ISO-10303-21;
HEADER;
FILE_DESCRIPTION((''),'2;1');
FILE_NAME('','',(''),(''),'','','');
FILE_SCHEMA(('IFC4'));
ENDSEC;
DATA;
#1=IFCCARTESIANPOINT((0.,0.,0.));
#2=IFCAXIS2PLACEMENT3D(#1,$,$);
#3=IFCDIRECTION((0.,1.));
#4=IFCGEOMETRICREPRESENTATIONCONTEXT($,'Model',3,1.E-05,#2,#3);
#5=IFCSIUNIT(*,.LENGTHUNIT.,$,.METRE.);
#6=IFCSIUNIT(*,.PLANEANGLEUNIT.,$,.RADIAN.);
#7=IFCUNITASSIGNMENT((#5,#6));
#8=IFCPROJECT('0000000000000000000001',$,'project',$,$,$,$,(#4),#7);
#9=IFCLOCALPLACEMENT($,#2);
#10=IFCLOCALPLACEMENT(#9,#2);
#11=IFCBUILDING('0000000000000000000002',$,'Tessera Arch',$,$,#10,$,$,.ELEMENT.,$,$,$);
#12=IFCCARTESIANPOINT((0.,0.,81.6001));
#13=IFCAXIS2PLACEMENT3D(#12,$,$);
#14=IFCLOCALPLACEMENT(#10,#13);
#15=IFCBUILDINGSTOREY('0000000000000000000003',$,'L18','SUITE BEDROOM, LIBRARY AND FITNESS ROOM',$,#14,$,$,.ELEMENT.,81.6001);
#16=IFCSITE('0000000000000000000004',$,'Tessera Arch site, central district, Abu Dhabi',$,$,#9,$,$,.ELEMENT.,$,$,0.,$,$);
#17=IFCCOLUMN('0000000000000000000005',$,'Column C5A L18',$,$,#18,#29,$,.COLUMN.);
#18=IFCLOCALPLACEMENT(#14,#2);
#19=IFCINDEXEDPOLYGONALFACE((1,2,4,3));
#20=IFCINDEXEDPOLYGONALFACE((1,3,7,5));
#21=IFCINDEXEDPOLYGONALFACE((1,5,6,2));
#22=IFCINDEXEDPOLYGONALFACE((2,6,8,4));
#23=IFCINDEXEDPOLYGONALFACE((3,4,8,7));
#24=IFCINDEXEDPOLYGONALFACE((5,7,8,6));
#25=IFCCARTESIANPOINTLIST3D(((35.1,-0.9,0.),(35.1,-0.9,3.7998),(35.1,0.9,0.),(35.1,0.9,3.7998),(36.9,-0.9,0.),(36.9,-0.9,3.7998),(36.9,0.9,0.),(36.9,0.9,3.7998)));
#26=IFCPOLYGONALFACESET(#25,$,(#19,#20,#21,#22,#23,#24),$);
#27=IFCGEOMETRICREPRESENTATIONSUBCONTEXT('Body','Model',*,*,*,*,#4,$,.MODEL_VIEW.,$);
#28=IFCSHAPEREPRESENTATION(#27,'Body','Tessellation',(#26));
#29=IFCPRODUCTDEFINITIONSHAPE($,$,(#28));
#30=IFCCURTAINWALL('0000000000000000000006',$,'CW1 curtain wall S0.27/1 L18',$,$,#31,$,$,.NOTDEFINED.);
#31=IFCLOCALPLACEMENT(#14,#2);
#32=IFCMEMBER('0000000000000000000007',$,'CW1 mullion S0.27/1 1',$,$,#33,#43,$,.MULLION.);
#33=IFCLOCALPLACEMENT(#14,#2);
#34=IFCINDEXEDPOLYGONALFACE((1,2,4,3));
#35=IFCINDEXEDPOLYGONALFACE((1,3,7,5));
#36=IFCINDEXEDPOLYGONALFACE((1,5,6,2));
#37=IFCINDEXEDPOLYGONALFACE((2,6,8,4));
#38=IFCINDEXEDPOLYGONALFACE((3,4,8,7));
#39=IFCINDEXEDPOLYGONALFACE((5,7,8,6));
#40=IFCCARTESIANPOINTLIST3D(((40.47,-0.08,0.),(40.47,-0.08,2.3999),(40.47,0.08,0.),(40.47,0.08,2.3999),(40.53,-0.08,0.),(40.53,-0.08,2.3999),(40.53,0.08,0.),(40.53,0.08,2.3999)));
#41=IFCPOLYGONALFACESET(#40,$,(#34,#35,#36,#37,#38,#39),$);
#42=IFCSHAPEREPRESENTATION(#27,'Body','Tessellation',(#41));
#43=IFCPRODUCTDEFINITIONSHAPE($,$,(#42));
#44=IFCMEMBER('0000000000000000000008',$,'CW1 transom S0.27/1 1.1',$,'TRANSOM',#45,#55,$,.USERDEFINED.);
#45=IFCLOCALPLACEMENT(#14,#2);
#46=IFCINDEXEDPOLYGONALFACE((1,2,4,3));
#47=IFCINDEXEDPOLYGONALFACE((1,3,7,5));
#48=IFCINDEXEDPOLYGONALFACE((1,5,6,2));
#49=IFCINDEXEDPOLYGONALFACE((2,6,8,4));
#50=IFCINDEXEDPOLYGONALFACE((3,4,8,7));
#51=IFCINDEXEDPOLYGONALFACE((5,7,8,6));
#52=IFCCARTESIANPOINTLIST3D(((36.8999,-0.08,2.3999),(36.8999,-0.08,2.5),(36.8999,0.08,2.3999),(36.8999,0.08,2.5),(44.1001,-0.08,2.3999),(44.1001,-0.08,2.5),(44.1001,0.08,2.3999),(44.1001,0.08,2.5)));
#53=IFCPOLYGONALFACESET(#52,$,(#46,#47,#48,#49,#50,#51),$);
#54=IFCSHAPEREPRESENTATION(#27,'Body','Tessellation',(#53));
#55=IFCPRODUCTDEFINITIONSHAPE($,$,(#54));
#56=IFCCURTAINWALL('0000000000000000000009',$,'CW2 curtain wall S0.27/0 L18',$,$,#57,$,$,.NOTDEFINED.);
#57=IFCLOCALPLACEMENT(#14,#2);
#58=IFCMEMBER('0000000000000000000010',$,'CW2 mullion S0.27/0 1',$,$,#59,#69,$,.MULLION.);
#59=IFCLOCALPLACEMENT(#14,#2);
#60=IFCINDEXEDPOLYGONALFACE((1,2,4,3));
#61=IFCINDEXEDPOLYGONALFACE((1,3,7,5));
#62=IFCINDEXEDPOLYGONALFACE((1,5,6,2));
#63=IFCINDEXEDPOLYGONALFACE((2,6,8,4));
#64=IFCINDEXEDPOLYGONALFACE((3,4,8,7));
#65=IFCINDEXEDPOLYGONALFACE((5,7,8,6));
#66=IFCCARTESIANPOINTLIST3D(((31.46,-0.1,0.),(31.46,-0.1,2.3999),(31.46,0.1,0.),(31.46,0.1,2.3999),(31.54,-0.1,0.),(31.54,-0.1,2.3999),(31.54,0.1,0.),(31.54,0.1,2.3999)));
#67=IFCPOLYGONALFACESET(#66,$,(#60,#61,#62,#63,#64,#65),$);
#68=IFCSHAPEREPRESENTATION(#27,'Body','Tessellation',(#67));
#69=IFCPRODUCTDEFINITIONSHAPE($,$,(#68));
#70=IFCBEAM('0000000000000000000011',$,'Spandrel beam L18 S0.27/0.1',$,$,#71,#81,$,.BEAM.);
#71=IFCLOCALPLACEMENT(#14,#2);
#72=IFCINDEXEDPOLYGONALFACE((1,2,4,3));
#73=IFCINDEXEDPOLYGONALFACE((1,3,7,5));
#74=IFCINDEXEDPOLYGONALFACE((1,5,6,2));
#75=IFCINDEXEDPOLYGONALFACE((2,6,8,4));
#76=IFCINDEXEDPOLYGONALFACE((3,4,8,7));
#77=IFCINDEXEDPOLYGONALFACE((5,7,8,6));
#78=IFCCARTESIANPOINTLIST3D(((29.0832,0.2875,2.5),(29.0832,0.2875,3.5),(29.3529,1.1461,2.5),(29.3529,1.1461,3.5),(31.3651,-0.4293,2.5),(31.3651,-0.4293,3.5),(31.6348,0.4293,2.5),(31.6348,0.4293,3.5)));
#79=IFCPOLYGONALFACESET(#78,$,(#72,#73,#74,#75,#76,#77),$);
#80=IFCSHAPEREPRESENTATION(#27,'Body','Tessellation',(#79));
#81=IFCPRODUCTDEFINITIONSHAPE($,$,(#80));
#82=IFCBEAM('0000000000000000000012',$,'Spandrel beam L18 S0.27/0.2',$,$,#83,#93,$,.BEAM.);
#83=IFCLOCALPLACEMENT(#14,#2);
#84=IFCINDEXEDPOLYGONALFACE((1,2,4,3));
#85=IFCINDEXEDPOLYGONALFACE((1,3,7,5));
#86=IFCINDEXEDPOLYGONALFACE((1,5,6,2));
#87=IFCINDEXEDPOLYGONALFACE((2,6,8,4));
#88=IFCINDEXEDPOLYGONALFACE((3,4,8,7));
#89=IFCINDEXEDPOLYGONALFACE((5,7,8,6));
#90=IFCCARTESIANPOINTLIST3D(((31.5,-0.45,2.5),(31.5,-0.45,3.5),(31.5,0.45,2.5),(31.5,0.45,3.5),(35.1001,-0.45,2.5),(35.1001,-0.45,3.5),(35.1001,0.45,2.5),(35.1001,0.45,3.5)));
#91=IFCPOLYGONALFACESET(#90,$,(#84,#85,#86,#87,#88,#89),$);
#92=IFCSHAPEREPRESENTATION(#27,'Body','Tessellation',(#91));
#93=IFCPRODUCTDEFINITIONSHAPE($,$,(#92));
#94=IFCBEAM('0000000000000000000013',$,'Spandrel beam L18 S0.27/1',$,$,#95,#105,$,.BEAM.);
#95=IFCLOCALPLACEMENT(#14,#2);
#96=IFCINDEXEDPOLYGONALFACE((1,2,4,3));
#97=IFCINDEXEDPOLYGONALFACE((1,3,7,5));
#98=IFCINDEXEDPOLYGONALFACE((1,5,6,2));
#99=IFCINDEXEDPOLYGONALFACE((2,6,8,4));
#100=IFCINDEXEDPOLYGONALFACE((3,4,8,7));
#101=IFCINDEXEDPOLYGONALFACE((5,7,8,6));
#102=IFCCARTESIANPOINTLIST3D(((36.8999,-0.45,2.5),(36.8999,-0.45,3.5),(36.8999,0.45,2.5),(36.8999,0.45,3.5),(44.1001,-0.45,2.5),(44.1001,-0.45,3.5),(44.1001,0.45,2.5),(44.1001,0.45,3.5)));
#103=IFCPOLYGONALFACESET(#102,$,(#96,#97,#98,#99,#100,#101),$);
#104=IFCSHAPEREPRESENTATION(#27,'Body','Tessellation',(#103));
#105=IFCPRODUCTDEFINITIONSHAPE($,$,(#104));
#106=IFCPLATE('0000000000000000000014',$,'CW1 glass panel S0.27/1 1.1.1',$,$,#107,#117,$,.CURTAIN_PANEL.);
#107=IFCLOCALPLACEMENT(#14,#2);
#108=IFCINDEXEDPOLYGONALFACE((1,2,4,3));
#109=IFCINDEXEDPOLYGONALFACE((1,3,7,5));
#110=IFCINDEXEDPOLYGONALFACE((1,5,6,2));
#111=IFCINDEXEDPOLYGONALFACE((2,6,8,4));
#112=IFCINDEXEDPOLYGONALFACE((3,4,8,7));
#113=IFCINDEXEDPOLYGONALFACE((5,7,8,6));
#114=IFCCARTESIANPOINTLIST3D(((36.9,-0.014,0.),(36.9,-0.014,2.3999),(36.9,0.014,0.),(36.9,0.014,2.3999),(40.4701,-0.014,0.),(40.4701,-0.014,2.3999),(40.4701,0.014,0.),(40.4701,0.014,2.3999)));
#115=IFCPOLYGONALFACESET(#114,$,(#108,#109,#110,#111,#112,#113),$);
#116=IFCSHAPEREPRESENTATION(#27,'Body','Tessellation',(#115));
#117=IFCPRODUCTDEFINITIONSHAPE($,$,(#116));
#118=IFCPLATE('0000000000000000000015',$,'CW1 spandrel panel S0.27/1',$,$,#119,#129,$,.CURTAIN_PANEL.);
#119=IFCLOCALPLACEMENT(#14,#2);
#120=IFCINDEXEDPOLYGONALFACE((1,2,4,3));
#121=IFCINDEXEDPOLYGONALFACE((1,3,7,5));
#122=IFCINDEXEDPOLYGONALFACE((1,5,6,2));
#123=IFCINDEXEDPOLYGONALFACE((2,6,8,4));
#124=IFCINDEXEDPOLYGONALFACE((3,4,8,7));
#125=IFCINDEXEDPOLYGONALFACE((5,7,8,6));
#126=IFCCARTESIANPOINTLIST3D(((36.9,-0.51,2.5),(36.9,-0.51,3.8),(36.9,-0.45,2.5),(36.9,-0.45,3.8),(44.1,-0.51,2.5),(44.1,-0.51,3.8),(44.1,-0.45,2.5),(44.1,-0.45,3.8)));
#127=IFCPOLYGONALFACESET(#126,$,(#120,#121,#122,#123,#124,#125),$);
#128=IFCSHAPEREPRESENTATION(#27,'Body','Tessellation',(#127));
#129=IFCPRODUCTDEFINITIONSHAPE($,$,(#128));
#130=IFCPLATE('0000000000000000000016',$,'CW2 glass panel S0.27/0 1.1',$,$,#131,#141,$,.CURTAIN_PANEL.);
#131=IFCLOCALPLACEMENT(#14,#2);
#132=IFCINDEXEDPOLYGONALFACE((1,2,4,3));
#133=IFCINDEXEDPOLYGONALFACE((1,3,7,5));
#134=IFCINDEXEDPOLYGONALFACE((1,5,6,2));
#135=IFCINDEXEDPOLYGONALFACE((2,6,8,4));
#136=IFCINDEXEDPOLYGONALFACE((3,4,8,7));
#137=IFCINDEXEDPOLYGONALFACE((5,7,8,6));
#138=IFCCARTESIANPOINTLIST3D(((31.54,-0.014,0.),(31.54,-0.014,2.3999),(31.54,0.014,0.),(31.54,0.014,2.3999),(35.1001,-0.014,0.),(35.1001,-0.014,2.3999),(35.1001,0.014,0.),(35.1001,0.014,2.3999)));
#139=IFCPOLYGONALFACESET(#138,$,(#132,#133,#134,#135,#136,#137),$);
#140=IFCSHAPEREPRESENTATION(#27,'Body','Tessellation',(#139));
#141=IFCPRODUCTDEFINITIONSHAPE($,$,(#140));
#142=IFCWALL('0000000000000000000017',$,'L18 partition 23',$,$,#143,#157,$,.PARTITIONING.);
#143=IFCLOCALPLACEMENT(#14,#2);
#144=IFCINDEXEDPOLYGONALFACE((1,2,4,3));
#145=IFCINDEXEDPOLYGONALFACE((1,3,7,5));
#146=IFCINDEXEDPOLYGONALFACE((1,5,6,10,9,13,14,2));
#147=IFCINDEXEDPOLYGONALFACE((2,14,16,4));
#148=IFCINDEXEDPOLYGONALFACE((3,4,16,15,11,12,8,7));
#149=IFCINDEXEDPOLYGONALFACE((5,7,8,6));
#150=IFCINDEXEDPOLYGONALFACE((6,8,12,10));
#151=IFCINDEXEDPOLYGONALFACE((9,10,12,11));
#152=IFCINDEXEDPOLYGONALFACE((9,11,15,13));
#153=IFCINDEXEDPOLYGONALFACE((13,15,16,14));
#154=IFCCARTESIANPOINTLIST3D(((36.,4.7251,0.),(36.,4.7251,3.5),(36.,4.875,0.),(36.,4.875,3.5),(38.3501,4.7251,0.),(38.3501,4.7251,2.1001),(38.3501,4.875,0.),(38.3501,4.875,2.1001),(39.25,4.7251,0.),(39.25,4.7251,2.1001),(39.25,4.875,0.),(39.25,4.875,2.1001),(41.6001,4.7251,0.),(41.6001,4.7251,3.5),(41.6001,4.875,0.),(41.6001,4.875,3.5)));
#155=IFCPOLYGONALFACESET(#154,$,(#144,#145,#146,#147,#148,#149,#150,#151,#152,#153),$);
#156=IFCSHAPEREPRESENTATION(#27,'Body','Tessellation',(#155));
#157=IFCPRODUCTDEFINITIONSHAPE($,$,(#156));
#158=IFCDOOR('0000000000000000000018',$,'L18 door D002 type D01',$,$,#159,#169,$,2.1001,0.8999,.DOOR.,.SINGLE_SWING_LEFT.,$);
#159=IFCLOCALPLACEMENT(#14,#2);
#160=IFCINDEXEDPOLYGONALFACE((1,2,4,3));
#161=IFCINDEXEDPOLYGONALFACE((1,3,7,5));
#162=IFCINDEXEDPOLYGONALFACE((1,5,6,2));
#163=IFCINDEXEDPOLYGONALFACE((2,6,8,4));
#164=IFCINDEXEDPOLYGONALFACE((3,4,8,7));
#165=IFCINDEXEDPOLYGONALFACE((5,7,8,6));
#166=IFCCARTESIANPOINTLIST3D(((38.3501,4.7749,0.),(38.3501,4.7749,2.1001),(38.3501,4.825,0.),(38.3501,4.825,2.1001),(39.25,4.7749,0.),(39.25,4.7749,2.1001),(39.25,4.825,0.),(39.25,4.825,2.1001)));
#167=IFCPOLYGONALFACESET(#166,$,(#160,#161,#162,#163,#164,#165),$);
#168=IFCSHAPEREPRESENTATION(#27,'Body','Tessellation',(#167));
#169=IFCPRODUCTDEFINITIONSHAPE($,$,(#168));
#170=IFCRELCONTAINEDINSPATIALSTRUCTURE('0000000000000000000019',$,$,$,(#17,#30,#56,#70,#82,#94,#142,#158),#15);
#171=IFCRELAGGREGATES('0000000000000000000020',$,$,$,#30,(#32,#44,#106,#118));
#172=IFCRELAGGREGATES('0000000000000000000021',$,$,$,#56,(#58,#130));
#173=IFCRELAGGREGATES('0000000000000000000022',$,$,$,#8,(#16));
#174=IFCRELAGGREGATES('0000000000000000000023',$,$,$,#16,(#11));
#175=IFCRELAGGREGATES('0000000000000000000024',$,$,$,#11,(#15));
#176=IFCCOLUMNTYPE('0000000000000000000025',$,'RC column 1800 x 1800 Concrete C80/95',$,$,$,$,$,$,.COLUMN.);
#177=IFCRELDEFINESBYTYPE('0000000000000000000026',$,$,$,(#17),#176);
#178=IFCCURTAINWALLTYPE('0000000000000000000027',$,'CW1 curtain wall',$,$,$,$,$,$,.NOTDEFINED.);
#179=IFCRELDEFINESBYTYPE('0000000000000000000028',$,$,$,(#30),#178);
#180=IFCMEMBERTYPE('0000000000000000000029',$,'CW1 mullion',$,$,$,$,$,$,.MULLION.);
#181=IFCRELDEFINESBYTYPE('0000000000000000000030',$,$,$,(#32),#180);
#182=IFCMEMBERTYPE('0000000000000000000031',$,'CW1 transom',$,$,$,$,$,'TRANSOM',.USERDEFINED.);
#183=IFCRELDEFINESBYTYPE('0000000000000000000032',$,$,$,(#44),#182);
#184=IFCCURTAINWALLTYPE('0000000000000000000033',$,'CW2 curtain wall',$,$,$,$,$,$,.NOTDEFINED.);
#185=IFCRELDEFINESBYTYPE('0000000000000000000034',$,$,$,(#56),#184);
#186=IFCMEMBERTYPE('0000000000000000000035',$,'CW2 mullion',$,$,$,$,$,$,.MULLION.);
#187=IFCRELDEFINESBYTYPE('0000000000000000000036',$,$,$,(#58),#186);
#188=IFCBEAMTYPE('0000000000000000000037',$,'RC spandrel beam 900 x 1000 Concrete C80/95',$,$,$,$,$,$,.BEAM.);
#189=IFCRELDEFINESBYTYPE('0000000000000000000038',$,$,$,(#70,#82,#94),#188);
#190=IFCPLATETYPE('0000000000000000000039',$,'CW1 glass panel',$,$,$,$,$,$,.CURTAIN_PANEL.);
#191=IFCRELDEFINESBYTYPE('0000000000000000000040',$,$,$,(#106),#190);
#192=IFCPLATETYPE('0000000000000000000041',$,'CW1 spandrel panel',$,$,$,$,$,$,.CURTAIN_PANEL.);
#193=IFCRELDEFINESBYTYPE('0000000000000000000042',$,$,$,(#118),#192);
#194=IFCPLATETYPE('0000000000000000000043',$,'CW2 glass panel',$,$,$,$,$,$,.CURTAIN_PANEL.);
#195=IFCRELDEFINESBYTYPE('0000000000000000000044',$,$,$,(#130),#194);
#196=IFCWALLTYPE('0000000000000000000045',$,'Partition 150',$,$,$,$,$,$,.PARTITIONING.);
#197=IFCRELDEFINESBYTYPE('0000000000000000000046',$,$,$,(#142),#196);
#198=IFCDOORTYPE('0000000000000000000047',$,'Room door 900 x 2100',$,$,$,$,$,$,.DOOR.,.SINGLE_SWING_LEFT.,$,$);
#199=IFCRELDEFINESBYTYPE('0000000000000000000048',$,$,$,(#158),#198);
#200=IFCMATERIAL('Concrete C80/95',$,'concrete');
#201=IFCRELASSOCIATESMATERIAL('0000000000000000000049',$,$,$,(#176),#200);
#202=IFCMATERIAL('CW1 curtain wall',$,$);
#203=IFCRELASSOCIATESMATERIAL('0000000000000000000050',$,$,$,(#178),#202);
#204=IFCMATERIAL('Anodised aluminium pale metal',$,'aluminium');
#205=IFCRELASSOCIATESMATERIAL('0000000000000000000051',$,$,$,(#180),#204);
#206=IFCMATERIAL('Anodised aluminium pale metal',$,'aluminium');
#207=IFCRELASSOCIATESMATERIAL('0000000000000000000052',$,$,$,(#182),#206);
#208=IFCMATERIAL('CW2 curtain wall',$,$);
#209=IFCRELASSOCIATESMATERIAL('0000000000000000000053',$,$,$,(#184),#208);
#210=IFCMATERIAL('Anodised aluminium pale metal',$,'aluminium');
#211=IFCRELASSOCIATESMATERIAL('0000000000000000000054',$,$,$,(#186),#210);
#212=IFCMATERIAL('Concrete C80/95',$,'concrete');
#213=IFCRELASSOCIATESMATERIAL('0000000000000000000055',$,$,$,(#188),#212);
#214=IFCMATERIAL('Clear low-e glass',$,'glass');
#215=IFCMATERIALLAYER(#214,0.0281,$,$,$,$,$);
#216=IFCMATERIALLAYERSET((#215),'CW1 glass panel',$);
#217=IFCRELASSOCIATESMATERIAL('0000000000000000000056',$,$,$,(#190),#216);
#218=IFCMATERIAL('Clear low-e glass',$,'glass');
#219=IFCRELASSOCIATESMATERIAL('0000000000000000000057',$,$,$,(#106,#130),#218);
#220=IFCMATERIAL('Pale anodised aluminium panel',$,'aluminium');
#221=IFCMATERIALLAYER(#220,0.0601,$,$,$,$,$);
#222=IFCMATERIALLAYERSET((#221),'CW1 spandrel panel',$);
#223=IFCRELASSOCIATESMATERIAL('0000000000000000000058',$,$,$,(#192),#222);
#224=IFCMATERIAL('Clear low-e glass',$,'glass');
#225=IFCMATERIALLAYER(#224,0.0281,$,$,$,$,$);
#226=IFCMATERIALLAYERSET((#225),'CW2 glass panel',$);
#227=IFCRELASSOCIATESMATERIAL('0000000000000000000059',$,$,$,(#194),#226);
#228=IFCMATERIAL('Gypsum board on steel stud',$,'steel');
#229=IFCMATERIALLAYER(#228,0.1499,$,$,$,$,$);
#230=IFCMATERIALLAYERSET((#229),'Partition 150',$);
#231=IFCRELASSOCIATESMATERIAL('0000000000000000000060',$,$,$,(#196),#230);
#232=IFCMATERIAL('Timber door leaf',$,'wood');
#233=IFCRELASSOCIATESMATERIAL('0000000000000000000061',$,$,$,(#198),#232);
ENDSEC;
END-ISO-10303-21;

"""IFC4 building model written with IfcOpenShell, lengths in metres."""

from ifc_helpers import new_model, si_unit, direction, frame, frame_2d, origin, origin_2d, place, context, subcontext, project, spatial, rectangle, extrude, material, layer, layer_set, material_profile, profile_set, type_object, element, fill, aggregate, save


model = new_model("IFC4")

# Units and contexts
model_context = context("Model", 3, precision=1e-05, world=origin(), true_north=direction((0.0, 1.0)))
body_context = subcontext(model_context, "Body", "Model", "MODEL_VIEW")
ifc_project = project(units=[si_unit("LENGTHUNIT", "METRE"), si_unit("PLANEANGLEUNIT", "RADIAN")], contexts=[model_context])

# Site, building, storey
site_placement = place(None, origin())
site = spatial("IfcSite", under=ifc_project, at=site_placement, Name="Tessera Arch site, central district, Abu Dhabi", CompositionType="ELEMENT", RefElevation=0.0)
building_placement = place(site_placement, origin())
building = spatial("IfcBuilding", under=site, at=building_placement, Name="Tessera Arch", CompositionType="ELEMENT")
storey_placement = place(building_placement, frame((0.0, 0.0, 81.6001)))
storey = spatial("IfcBuildingStorey", under=building, at=storey_placement, Name="L18", Description="SUITE BEDROOM, LIBRARY AND FITNESS ROOM", CompositionType="ELEMENT", Elevation=81.6001)

# Column
ifc_material_1 = material(Name="Concrete C80/95", Category="concrete")
ifc_material_profile_1 = material_profile(ifc_material_1, rectangle(XDim=1.8, YDim=1.8, at=origin_2d()), Name="RC column 1800 x 1800 Concrete C80/95")
ifc_profile_set_1 = profile_set([ifc_material_profile_1], Name="Concrete C80/95")
column_type = type_object("IfcColumnType", Name="RC column 1800 x 1800 Concrete C80/95", PredefinedType="COLUMN", material=ifc_profile_set_1)
column_placement = place(storey_placement, frame((36.0, 0.0, 0.0), z_axis=(0.0, 0.0, 1.0), x_axis=(1.0, 0.0, 0.0)))
element("IfcColumn", 1, at=column_placement, inside=storey, type_object=column_type, Name="Column C5A L18", PredefinedType="COLUMN", context=body_context, shape_type="SweptSolid", body=[
    extrude(rectangle(XDim=1.8, YDim=1.8, at=origin_2d()), origin(), (0.0, 0.0, 1.0), 3.7998),
])

# Curtain wall, members
ifc_material_2 = material(Name="CW1 curtain wall")
curtain_wall_type_1 = type_object("IfcCurtainWallType", Name="CW1 curtain wall", PredefinedType="NOTDEFINED", material=ifc_material_2)
curtain_wall_1_placement = place(storey_placement, origin())
curtain_wall_1 = element("IfcCurtainWall", 2, at=curtain_wall_1_placement, inside=storey, type_object=curtain_wall_type_1, Name="CW1 curtain wall S0.27/1 L18", PredefinedType="NOTDEFINED")
ifc_material_3 = material(Name="Anodised aluminium pale metal", Category="aluminium")
ifc_material_profile_2 = material_profile(ifc_material_3, rectangle(XDim=0.1599, YDim=0.0601, at=origin_2d()), Name="AL 60x160")
ifc_profile_set_2 = profile_set([ifc_material_profile_2], Name="Anodised aluminium pale metal")
member_type_1 = type_object("IfcMemberType", Name="CW1 mullion", PredefinedType="MULLION", material=ifc_profile_set_2)
member_1_placement = place(storey_placement, frame((40.5, 0.0, 0.0), z_axis=(0.0, 0.0, 1.0), x_axis=(0.0, 1.0, 0.0)))
member_1 = element("IfcMember", 3, at=member_1_placement, type_object=member_type_1, Name="CW1 mullion S0.27/1 1", PredefinedType="MULLION", context=body_context, shape_type="SweptSolid", body=[
    extrude(rectangle(XDim=0.1599, YDim=0.0601, at=origin_2d()), origin(), (0.0, 0.0, 1.0), 2.3999),
])
ifc_material_4 = material(Name="Anodised aluminium pale metal", Category="aluminium")
ifc_material_profile_3 = material_profile(ifc_material_4, rectangle(XDim=0.1599, YDim=0.1001, at=origin_2d()), Name="AL 160x100")
ifc_profile_set_3 = profile_set([ifc_material_profile_3], Name="Anodised aluminium pale metal")
member_type_2 = type_object("IfcMemberType", Name="CW1 transom", ElementType="TRANSOM", PredefinedType="USERDEFINED", material=ifc_profile_set_3)
member_2_placement = place(storey_placement, frame((36.8999, 0.0, 2.45), z_axis=(1.0, 0.0, 0.0), x_axis=(0.0, 1.0, 0.0)))
member_2 = element("IfcMember", 4, at=member_2_placement, type_object=member_type_2, Name="CW1 transom S0.27/1 1.1", ObjectType="TRANSOM", PredefinedType="USERDEFINED", context=body_context, shape_type="SweptSolid", body=[
    extrude(rectangle(XDim=0.1599, YDim=0.1001, at=origin_2d()), origin(), (0.0, 0.0, 1.0), 7.2002),
])

# Curtain wall, member
ifc_material_5 = material(Name="CW2 curtain wall")
curtain_wall_type_2 = type_object("IfcCurtainWallType", Name="CW2 curtain wall", PredefinedType="NOTDEFINED", material=ifc_material_5)
curtain_wall_2_placement = place(storey_placement, origin())
curtain_wall_2 = element("IfcCurtainWall", 5, at=curtain_wall_2_placement, inside=storey, type_object=curtain_wall_type_2, Name="CW2 curtain wall S0.27/0 L18", PredefinedType="NOTDEFINED")
ifc_material_6 = material(Name="Anodised aluminium pale metal", Category="aluminium")
ifc_material_profile_4 = material_profile(ifc_material_6, rectangle(XDim=0.2, YDim=0.0801, at=origin_2d()), Name="AL 80x200")
ifc_profile_set_4 = profile_set([ifc_material_profile_4], Name="Anodised aluminium pale metal")
member_type_3 = type_object("IfcMemberType", Name="CW2 mullion", PredefinedType="MULLION", material=ifc_profile_set_4)
member_3_placement = place(storey_placement, frame((31.5, 0.0, 0.0), z_axis=(0.0, 0.0, 1.0), x_axis=(0.0, 1.0, 0.0)))
member_3 = element("IfcMember", 6, at=member_3_placement, type_object=member_type_3, Name="CW2 mullion S0.27/0 1", PredefinedType="MULLION", context=body_context, shape_type="SweptSolid", body=[
    extrude(rectangle(XDim=0.2, YDim=0.0801, at=origin_2d()), origin(), (0.0, 0.0, 1.0), 2.3999),
])

# Beams
ifc_material_7 = material(Name="Concrete C80/95", Category="concrete")
ifc_material_profile_5 = material_profile(ifc_material_7, rectangle(XDim=0.8999, YDim=1.0, at=origin_2d()), Name="RC spandrel beam 900 x 1000 Concrete C80/95")
ifc_profile_set_5 = profile_set([ifc_material_profile_5], Name="Concrete C80/95")
beam_type = type_object("IfcBeamType", Name="RC spandrel beam 900 x 1000 Concrete C80/95", PredefinedType="BEAM", material=ifc_profile_set_5)
beam_1_placement = place(storey_placement, frame((29.218, 0.7168, 3.0), z_axis=(0.954041, -0.299675, 0.0), x_axis=(0.299675, 0.954041, 0.0)))
element("IfcBeam", 7, at=beam_1_placement, inside=storey, type_object=beam_type, Name="Spandrel beam L18 S0.27/0.1", PredefinedType="BEAM", context=body_context, shape_type="SweptSolid", body=[
    extrude(rectangle(XDim=0.8999, YDim=1.0, at=origin_2d()), origin(), (0.0, 0.0, 1.0), 2.3918),
])
beam_2_placement = place(storey_placement, frame((31.5, 0.0, 3.0), z_axis=(1.0, 0.0, 0.0), x_axis=(0.0, 1.0, 0.0)))
element("IfcBeam", 8, at=beam_2_placement, inside=storey, type_object=beam_type, Name="Spandrel beam L18 S0.27/0.2", PredefinedType="BEAM", context=body_context, shape_type="SweptSolid", body=[
    extrude(rectangle(XDim=0.8999, YDim=1.0, at=origin_2d()), origin(), (0.0, 0.0, 1.0), 3.6001),
])
beam_3_placement = place(storey_placement, frame((36.8999, 0.0, 3.0), z_axis=(1.0, 0.0, 0.0), x_axis=(0.0, 1.0, 0.0)))
element("IfcBeam", 9, at=beam_3_placement, inside=storey, type_object=beam_type, Name="Spandrel beam L18 S0.27/1", PredefinedType="BEAM", context=body_context, shape_type="SweptSolid", body=[
    extrude(rectangle(XDim=0.8999, YDim=1.0, at=origin_2d()), origin(), (0.0, 0.0, 1.0), 7.2002),
])

# Plates
ifc_material_8 = material(Name="Clear low-e glass", Category="glass")
ifc_material_9 = material(Name="Clear low-e glass", Category="glass")
ifc_layer_1 = layer(ifc_material_9, 0.0281)
ifc_layer_set_1 = layer_set([ifc_layer_1], Name="CW1 glass panel")
plate_type_1 = type_object("IfcPlateType", Name="CW1 glass panel", PredefinedType="CURTAIN_PANEL", material=ifc_layer_set_1)
plate_1_placement = place(storey_placement, frame((38.6851, 0.0, 0.0), z_axis=(0.0, 0.0, 1.0), x_axis=(1.0, 0.0, 0.0)))
plate_1 = element("IfcPlate", 10, at=plate_1_placement, type_object=plate_type_1, material=ifc_material_8, Name="CW1 glass panel S0.27/1 1.1.1", PredefinedType="CURTAIN_PANEL", context=body_context, shape_type="SweptSolid", body=[
    extrude(rectangle(XDim=3.5701, YDim=0.0281, at=origin_2d()), origin(), (0.0, 0.0, 1.0), 2.3999),
])
ifc_material_10 = material(Name="Pale anodised aluminium panel", Category="aluminium")
ifc_layer_2 = layer(ifc_material_10, 0.0601)
ifc_layer_set_2 = layer_set([ifc_layer_2], Name="CW1 spandrel panel")
plate_type_2 = type_object("IfcPlateType", Name="CW1 spandrel panel", PredefinedType="CURTAIN_PANEL", material=ifc_layer_set_2)
plate_2_placement = place(storey_placement, frame((40.5, -0.48, 2.5), z_axis=(0.0, 0.0, 1.0), x_axis=(1.0, 0.0, 0.0)))
plate_2 = element("IfcPlate", 11, at=plate_2_placement, type_object=plate_type_2, Name="CW1 spandrel panel S0.27/1", PredefinedType="CURTAIN_PANEL", context=body_context, shape_type="SweptSolid", body=[
    extrude(rectangle(XDim=7.2, YDim=0.0601, at=origin_2d()), origin(), (0.0, 0.0, 1.0), 1.3),
])
aggregate(curtain_wall_1, [member_1, member_2, plate_1, plate_2])
ifc_material_11 = material(Name="Clear low-e glass", Category="glass")
ifc_layer_3 = layer(ifc_material_11, 0.0281)
ifc_layer_set_3 = layer_set([ifc_layer_3], Name="CW2 glass panel")
plate_type_3 = type_object("IfcPlateType", Name="CW2 glass panel", PredefinedType="CURTAIN_PANEL", material=ifc_layer_set_3)
plate_3_placement = place(storey_placement, frame((33.3201, 0.0, 0.0), z_axis=(0.0, 0.0, 1.0), x_axis=(1.0, 0.0, 0.0)))
plate_3 = element("IfcPlate", 12, at=plate_3_placement, type_object=plate_type_3, material=ifc_material_8, Name="CW2 glass panel S0.27/0 1.1", PredefinedType="CURTAIN_PANEL", context=body_context, shape_type="SweptSolid", body=[
    extrude(rectangle(XDim=3.5601, YDim=0.0281, at=origin_2d()), origin(), (0.0, 0.0, 1.0), 2.3999),
])
aggregate(curtain_wall_2, [member_3, plate_3])

# Wall, opening, door
ifc_material_12 = material(Name="Gypsum board on steel stud", Category="steel")
ifc_layer_4 = layer(ifc_material_12, 0.1499)
ifc_layer_set_4 = layer_set([ifc_layer_4], Name="Partition 150")
wall_type_1 = type_object("IfcWallType", Name="Partition 150", PredefinedType="PARTITIONING", material=ifc_layer_set_4)
wall_1_placement = place(storey_placement, frame((36.0, 4.8, 0.0), z_axis=(0.0, 0.0, 1.0), x_axis=(1.0, 0.0, 0.0)))
wall_1 = element("IfcWall", 13, at=wall_1_placement, inside=storey, type_object=wall_type_1, Name="L18 partition 23", PredefinedType="PARTITIONING", context=body_context, shape_type="SweptSolid", body=[
    extrude(rectangle(XDim=5.6001, YDim=0.1499, at=frame_2d((2.8, 0.0))), origin(), (0.0, 0.0, 1.0), 3.5),
])
opening_1_placement = place(wall_1_placement, frame((2.3501, 0.0, 0.0)))
opening_1 = element("IfcOpeningElement", 14, at=opening_1_placement, cuts=wall_1, PredefinedType="OPENING", context=body_context, shape_type="SweptSolid", body=[
    extrude(rectangle(XDim=0.8999, YDim=2.1001, at=frame_2d((0.45, 1.05))), frame((0.0, 0.085, 0.0), z_axis=(0.0, -1.0, 0.0), x_axis=(1.0, 0.0, 0.0)), (0.0, 0.0, 1.0), 0.1699),
])
ifc_material_13 = material(Name="Timber door leaf", Category="wood")
door_type_1 = type_object("IfcDoorType", Name="Room door 900 x 2100", OperationType="SINGLE_SWING_LEFT", PredefinedType="DOOR", material=ifc_material_13)
door_1_placement = place(opening_1_placement, origin())
door_1 = element("IfcDoor", 15, at=door_1_placement, inside=storey, type_object=door_type_1, Name="L18 door D002 type D01", OperationType="SINGLE_SWING_LEFT", OverallHeight=2.1001, OverallWidth=0.8999, PredefinedType="DOOR", context=body_context, shape_type="SweptSolid", body=[
    extrude(rectangle(XDim=0.8999, YDim=2.1001, at=frame_2d((0.45, 1.05))), frame((0.0, 0.0249, 0.0), z_axis=(0.0, -1.0, 0.0), x_axis=(1.0, 0.0, 0.0)), (0.0, 0.0, 1.0), 0.05),
])
fill(opening_1, door_1)

save(model, "model.ifc")
